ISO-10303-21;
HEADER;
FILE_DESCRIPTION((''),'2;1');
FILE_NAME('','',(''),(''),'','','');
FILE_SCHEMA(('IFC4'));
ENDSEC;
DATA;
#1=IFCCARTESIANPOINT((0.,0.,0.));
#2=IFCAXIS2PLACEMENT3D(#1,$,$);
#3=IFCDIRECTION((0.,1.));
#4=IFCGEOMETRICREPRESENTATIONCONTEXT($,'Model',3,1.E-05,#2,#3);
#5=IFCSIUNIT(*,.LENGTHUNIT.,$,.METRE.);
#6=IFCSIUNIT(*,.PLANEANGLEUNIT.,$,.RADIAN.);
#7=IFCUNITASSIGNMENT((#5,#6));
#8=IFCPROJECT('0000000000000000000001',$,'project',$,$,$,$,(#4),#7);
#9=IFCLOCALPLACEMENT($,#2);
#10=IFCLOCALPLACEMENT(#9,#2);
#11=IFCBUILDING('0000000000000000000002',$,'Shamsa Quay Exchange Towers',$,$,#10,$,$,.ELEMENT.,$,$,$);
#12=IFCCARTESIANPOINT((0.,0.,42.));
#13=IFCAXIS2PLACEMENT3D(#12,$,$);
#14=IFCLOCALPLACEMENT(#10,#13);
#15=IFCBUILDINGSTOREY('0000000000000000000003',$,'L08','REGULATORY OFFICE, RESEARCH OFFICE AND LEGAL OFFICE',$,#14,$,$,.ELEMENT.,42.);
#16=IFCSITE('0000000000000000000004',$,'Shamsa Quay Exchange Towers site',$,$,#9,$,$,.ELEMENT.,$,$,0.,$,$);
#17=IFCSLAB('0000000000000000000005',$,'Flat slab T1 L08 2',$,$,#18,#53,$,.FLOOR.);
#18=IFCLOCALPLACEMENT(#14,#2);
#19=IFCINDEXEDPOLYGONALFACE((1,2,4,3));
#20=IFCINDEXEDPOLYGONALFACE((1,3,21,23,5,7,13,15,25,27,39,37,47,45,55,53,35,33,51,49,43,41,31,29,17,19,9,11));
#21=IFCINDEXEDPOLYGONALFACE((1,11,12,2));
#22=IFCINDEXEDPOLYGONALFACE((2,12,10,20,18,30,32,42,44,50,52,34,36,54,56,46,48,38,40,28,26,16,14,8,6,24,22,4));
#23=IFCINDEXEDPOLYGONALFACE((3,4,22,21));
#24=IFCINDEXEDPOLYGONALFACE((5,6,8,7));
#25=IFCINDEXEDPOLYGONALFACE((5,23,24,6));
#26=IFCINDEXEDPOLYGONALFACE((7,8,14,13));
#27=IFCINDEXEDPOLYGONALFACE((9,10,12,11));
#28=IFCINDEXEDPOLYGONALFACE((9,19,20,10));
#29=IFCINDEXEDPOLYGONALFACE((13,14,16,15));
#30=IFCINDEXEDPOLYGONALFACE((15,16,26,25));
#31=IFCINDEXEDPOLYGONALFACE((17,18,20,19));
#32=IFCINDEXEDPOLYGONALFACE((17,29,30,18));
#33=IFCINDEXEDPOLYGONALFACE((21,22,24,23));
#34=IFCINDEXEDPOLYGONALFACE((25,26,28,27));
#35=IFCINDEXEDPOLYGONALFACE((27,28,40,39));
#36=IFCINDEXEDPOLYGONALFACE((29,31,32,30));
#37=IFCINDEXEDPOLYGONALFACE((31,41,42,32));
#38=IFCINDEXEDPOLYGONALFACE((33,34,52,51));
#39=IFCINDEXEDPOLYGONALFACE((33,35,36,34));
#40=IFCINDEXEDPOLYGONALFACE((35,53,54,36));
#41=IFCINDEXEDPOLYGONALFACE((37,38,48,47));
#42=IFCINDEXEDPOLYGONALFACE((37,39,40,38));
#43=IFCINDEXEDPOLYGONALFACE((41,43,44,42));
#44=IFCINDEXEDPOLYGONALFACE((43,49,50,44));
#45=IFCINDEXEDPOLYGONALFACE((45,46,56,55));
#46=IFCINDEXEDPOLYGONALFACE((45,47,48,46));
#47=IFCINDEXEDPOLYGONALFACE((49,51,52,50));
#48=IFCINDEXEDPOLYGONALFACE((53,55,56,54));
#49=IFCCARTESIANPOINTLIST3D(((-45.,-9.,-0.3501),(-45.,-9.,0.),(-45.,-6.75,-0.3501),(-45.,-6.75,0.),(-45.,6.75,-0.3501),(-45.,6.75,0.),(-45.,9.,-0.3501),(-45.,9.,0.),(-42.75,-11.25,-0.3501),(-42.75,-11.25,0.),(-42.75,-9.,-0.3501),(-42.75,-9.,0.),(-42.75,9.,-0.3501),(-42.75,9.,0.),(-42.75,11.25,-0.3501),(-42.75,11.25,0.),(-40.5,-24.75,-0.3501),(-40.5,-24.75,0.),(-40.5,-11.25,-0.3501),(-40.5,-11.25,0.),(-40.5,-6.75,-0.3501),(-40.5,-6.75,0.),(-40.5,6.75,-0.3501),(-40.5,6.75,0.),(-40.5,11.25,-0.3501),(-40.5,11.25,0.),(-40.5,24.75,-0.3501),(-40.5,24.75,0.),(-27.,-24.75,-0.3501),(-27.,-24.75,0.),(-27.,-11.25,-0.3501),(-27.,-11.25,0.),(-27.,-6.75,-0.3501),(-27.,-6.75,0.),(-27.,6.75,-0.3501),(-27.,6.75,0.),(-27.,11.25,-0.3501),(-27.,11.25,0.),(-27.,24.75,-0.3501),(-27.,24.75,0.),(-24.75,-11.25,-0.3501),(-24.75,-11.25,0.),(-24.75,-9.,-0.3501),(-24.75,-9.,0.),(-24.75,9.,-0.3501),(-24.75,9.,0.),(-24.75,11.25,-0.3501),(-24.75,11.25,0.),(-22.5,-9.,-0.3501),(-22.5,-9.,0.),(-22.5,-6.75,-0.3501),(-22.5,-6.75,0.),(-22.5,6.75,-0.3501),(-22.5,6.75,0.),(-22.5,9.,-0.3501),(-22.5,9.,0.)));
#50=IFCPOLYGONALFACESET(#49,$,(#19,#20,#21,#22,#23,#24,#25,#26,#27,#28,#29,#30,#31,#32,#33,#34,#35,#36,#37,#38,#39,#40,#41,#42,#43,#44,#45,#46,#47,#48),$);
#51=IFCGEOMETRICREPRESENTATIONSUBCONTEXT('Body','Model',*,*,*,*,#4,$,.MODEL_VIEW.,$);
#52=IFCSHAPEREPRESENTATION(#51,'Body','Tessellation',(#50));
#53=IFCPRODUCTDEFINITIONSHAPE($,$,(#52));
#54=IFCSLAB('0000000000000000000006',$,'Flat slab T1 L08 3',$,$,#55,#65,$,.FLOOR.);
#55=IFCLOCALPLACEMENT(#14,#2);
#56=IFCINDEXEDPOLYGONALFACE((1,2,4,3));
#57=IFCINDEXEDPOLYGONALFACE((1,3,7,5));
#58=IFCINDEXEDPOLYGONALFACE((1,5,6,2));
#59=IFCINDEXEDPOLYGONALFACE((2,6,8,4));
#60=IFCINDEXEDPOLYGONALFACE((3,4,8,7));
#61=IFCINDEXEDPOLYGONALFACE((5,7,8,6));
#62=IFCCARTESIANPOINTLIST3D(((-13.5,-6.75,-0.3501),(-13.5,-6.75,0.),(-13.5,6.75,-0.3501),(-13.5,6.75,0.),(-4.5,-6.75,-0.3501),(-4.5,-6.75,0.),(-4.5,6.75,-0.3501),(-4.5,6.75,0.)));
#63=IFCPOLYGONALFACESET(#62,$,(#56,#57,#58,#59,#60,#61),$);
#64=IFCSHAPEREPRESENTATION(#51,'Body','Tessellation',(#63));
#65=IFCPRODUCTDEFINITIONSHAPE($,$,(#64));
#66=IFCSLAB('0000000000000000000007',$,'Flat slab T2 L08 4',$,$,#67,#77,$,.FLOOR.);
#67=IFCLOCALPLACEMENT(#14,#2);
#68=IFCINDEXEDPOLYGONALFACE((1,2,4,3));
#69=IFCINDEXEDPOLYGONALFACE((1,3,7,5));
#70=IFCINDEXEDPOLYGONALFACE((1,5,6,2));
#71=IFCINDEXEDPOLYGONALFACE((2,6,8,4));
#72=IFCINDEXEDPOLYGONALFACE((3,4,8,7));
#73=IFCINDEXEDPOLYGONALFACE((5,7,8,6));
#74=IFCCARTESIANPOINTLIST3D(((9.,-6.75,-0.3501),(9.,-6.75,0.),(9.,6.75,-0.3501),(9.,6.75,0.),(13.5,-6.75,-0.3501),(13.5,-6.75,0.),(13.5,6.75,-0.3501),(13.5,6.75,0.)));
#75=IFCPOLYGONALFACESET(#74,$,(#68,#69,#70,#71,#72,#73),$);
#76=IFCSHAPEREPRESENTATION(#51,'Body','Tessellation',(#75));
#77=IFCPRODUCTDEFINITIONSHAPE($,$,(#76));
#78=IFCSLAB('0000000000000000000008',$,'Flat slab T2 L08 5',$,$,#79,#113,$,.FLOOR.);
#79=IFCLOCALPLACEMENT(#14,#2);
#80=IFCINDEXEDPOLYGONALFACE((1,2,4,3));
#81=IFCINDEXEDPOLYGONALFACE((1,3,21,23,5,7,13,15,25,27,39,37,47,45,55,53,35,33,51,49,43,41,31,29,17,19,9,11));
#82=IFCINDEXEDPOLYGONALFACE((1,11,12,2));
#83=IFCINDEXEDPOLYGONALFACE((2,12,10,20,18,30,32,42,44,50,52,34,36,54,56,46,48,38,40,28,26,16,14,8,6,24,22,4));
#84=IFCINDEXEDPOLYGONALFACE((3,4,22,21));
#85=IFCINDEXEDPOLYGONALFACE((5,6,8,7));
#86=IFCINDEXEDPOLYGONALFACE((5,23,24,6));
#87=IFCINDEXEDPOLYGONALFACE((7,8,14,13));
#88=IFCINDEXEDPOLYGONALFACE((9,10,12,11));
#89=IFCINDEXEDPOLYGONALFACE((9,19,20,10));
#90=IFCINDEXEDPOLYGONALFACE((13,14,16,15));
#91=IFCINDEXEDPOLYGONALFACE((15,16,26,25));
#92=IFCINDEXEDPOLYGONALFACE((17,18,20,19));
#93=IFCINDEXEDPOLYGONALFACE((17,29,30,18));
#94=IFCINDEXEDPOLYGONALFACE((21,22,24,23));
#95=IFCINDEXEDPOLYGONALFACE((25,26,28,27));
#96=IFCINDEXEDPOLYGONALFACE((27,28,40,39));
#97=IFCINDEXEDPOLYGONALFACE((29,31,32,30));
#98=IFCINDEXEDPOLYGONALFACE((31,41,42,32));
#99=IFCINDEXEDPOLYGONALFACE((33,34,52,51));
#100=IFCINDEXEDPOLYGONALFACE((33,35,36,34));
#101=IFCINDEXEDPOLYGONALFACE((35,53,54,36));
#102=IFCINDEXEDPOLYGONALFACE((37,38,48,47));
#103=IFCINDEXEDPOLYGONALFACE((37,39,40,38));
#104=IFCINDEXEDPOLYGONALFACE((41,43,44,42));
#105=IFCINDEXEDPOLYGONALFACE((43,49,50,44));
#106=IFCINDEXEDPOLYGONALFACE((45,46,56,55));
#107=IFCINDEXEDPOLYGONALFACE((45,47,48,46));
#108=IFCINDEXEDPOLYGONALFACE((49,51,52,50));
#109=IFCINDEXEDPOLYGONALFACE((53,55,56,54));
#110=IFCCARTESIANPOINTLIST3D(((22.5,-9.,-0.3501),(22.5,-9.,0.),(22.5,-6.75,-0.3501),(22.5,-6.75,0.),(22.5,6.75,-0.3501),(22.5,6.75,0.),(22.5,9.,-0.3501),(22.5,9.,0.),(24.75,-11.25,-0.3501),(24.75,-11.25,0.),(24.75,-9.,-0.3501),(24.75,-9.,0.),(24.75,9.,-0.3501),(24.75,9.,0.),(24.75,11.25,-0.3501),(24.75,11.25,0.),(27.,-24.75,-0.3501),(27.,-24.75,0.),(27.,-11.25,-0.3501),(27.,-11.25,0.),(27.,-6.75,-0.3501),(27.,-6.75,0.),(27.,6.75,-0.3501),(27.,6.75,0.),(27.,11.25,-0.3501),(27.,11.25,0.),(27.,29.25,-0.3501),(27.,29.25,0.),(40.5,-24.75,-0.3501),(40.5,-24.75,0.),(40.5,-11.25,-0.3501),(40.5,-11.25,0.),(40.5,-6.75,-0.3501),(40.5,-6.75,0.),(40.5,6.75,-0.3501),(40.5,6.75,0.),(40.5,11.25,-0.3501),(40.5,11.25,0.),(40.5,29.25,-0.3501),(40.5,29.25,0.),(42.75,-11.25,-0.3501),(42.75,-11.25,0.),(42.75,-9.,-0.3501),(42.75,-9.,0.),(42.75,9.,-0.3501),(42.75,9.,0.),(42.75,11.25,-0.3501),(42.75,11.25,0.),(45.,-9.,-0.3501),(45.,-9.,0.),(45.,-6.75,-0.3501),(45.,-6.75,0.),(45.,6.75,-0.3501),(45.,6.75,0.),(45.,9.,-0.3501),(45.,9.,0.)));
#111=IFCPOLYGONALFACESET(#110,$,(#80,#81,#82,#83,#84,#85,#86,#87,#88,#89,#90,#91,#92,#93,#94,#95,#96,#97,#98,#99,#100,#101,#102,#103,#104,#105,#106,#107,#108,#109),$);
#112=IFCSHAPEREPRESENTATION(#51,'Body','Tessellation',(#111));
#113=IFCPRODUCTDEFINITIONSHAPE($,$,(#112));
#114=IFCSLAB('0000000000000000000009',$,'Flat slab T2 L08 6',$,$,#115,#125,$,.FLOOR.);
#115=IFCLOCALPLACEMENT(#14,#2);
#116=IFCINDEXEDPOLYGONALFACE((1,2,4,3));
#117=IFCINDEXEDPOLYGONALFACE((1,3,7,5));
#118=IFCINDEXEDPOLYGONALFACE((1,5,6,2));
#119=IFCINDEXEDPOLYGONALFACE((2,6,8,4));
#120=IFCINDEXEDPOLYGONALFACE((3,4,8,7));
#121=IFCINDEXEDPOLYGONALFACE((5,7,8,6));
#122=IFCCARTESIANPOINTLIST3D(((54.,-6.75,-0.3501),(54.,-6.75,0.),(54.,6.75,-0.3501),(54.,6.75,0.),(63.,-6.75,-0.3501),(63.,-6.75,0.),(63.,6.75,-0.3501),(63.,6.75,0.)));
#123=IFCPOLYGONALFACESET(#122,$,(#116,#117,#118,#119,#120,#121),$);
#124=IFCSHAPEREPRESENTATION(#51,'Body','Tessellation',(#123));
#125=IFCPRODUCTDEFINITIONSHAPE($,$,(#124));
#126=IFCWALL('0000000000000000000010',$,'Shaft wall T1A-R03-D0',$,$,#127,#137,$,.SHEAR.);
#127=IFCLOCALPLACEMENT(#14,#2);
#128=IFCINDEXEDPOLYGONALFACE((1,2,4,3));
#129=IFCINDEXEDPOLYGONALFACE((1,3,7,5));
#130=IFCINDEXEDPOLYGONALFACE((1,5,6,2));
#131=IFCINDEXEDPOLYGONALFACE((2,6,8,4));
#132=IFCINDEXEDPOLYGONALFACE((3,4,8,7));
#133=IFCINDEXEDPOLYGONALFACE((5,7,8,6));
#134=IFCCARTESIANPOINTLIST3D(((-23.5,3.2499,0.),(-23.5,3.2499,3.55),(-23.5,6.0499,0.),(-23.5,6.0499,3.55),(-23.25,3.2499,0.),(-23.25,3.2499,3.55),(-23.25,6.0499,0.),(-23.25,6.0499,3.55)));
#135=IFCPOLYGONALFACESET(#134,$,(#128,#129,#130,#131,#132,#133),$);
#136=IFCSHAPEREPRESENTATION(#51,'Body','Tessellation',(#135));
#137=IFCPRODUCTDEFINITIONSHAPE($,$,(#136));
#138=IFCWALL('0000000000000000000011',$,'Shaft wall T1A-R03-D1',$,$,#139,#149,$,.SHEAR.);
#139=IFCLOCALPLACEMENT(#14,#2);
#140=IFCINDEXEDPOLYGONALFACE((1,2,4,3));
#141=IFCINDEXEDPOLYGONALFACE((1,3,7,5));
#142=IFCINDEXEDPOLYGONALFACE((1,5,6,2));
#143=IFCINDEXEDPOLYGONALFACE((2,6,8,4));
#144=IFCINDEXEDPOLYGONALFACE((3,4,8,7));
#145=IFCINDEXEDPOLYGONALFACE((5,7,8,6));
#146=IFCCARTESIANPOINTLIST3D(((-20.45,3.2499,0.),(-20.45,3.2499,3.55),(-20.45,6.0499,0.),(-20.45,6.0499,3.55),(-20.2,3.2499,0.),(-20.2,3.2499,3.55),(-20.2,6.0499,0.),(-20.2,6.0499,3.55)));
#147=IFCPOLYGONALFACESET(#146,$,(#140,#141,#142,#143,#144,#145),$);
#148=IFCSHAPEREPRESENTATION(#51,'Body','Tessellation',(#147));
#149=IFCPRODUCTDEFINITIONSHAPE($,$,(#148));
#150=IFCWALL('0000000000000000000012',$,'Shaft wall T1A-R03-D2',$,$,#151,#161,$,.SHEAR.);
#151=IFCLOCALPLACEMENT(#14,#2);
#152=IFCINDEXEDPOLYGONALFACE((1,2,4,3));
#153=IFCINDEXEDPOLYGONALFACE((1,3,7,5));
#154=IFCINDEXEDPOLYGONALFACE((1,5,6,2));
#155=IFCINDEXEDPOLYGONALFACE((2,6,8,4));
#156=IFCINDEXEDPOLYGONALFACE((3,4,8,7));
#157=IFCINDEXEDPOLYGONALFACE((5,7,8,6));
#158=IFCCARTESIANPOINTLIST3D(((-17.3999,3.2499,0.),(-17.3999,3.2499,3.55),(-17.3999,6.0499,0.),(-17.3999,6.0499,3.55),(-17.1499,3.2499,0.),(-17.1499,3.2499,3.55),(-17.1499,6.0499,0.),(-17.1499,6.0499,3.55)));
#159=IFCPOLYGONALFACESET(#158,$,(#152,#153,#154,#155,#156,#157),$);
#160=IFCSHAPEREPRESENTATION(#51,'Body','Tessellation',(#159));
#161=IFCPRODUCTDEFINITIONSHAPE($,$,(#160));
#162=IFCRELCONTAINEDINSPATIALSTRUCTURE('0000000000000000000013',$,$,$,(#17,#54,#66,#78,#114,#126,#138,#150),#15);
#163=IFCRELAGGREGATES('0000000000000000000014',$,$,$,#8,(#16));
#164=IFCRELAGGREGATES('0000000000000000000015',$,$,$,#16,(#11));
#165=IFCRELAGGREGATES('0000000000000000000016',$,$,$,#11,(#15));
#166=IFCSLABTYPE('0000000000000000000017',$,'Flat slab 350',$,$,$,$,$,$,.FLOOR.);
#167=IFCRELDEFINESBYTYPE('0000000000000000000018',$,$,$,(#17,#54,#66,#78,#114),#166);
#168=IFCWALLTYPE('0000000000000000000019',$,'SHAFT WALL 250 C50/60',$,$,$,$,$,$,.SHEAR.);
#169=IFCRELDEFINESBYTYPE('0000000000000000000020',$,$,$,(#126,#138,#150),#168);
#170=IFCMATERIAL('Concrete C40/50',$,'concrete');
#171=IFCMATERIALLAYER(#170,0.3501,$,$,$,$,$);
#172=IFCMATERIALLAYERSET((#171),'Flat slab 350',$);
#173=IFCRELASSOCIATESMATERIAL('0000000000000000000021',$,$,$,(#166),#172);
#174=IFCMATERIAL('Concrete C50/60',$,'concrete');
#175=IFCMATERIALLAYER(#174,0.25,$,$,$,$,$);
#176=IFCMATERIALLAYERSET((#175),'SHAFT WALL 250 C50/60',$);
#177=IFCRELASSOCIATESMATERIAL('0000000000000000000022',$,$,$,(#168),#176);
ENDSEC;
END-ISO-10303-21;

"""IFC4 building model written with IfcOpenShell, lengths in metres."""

from ifc_helpers import new_model, si_unit, direction, frame, frame_2d, origin, place, context, subcontext, project, spatial, polyline, rectangle, outline, extrude, material, layer, layer_set, type_object, element, save


model = new_model("IFC4")

# Units and contexts
model_context = context("Model", 3, precision=1e-05, world=origin(), true_north=direction((0.0, 1.0)))
body_context = subcontext(model_context, "Body", "Model", "MODEL_VIEW")
ifc_project = project(units=[si_unit("LENGTHUNIT", "METRE"), si_unit("PLANEANGLEUNIT", "RADIAN")], contexts=[model_context])

# Site, building, storey
site_placement = place(None, origin())
site = spatial("IfcSite", under=ifc_project, at=site_placement, Name="Shamsa Quay Exchange Towers site", CompositionType="ELEMENT", RefElevation=0.0)
building_placement = place(site_placement, origin())
building = spatial("IfcBuilding", under=site, at=building_placement, Name="Shamsa Quay Exchange Towers", CompositionType="ELEMENT")
storey_placement = place(building_placement, frame((0.0, 0.0, 42.0)))
storey = spatial("IfcBuildingStorey", under=building, at=storey_placement, Name="L08", Description="REGULATORY OFFICE, RESEARCH OFFICE AND LEGAL OFFICE", CompositionType="ELEMENT", Elevation=42.0)

# Slabs
ifc_material_1 = material(Name="Concrete C40/50", Category="concrete")
ifc_layer_1 = layer(ifc_material_1, 0.3501)
ifc_layer_set_1 = layer_set([ifc_layer_1], Name="Flat slab 350")
slab_type = type_object("IfcSlabType", Name="Flat slab 350", PredefinedType="FLOOR", material=ifc_layer_set_1)
slab_1_placement = place(storey_placement, frame((0.0, 0.0, -0.3501)))
element("IfcSlab", 1, at=slab_1_placement, inside=storey, type_object=slab_type, Name="Flat slab T1 L08 2", PredefinedType="FLOOR", context=body_context, shape_type="SweptSolid", body=[
    extrude(outline(polyline([(-22.5, -9.0), (-22.5, -6.75), (-27.0, -6.75), (-27.0, 6.75), (-22.5, 6.75), (-22.5, 9.0), (-24.75, 9.0), (-24.75, 11.25), (-27.0, 11.25), (-27.0, 24.75), (-40.5, 24.75), (-40.5, 11.25), (-42.75, 11.25), (-42.75, 9.0), (-45.0, 9.0), (-45.0, 6.75), (-40.5, 6.75), (-40.5, -6.75), (-45.0, -6.75), (-45.0, -9.0), (-42.75, -9.0), (-42.75, -11.25), (-40.5, -11.25), (-40.5, -24.75), (-27.0, -24.75), (-27.0, -11.25), (-24.75, -11.25), (-24.75, -9.0), (-22.5, -9.0)])), origin(), (0.0, 0.0, 1.0), 0.3501),
])
slab_2_placement = place(storey_placement, frame((0.0, 0.0, -0.3501)))
element("IfcSlab", 2, at=slab_2_placement, inside=storey, type_object=slab_type, Name="Flat slab T1 L08 3", PredefinedType="FLOOR", context=body_context, shape_type="SweptSolid", body=[
    extrude(outline(polyline([(-4.5, 6.75), (-13.5, 6.75), (-13.5, -6.75), (-4.5, -6.75), (-4.5, 6.75)])), origin(), (0.0, 0.0, 1.0), 0.3501),
])
slab_3_placement = place(storey_placement, frame((0.0, 0.0, -0.3501)))
element("IfcSlab", 3, at=slab_3_placement, inside=storey, type_object=slab_type, Name="Flat slab T2 L08 4", PredefinedType="FLOOR", context=body_context, shape_type="SweptSolid", body=[
    extrude(outline(polyline([(9.0, -6.75), (13.5, -6.75), (13.5, 6.75), (9.0, 6.75), (9.0, -6.75)])), origin(), (0.0, 0.0, 1.0), 0.3501),
])
slab_4_placement = place(storey_placement, frame((0.0, 0.0, -0.3501)))
element("IfcSlab", 4, at=slab_4_placement, inside=storey, type_object=slab_type, Name="Flat slab T2 L08 5", PredefinedType="FLOOR", context=body_context, shape_type="SweptSolid", body=[
    extrude(outline(polyline([(45.0, -9.0), (45.0, -6.75), (40.5, -6.75), (40.5, 6.75), (45.0, 6.75), (45.0, 9.0), (42.75, 9.0), (42.75, 11.25), (40.5, 11.25), (40.5, 29.25), (27.0, 29.25), (27.0, 11.25), (24.75, 11.25), (24.75, 9.0), (22.5, 9.0), (22.5, 6.75), (27.0, 6.75), (27.0, -6.75), (22.5, -6.75), (22.5, -9.0), (24.75, -9.0), (24.75, -11.25), (27.0, -11.25), (27.0, -24.75), (40.5, -24.75), (40.5, -11.25), (42.75, -11.25), (42.75, -9.0), (45.0, -9.0)])), origin(), (0.0, 0.0, 1.0), 0.3501),
])
slab_5_placement = place(storey_placement, frame((0.0, 0.0, -0.3501)))
element("IfcSlab", 5, at=slab_5_placement, inside=storey, type_object=slab_type, Name="Flat slab T2 L08 6", PredefinedType="FLOOR", context=body_context, shape_type="SweptSolid", body=[
    extrude(outline(polyline([(63.0, 6.75), (54.0, 6.75), (54.0, -6.75), (63.0, -6.75), (63.0, 6.75)])), origin(), (0.0, 0.0, 1.0), 0.3501),
])

# Walls
ifc_material_2 = material(Name="Concrete C50/60", Category="concrete")
ifc_layer_2 = layer(ifc_material_2, 0.25)
ifc_layer_set_2 = layer_set([ifc_layer_2], Name="SHAFT WALL 250 C50/60")
wall_type_1 = type_object("IfcWallType", Name="SHAFT WALL 250 C50/60", PredefinedType="SHEAR", material=ifc_layer_set_2)
for number, where, z_axis, x_axis, name in (
    (6, (-23.375, 3.25, 0.0), (0.0, 0.0, 1.0), (0.0, 1.0, 0.0), "Shaft wall T1A-R03-D0"),
    (7, (-20.325, 3.25, 0.0), (0.0, 0.0, 1.0), (0.0, 1.0, 0.0), "Shaft wall T1A-R03-D1"),
    (8, (-17.2749, 3.25, 0.0), (0.0, 0.0, 1.0), (0.0, 1.0, 0.0), "Shaft wall T1A-R03-D2"),
):
    element("IfcWall", number, at=place(storey_placement, frame(where, z_axis=z_axis, x_axis=x_axis)), inside=storey, type_object=wall_type_1, Name=name, PredefinedType="SHEAR", context=body_context, shape_type="SweptSolid", body=[
        extrude(rectangle(XDim=2.8, YDim=0.25, at=frame_2d((1.3999, 0.0))), origin(), (0.0, 0.0, 1.0), 3.55),
    ])

save(model, "model.ifc")
